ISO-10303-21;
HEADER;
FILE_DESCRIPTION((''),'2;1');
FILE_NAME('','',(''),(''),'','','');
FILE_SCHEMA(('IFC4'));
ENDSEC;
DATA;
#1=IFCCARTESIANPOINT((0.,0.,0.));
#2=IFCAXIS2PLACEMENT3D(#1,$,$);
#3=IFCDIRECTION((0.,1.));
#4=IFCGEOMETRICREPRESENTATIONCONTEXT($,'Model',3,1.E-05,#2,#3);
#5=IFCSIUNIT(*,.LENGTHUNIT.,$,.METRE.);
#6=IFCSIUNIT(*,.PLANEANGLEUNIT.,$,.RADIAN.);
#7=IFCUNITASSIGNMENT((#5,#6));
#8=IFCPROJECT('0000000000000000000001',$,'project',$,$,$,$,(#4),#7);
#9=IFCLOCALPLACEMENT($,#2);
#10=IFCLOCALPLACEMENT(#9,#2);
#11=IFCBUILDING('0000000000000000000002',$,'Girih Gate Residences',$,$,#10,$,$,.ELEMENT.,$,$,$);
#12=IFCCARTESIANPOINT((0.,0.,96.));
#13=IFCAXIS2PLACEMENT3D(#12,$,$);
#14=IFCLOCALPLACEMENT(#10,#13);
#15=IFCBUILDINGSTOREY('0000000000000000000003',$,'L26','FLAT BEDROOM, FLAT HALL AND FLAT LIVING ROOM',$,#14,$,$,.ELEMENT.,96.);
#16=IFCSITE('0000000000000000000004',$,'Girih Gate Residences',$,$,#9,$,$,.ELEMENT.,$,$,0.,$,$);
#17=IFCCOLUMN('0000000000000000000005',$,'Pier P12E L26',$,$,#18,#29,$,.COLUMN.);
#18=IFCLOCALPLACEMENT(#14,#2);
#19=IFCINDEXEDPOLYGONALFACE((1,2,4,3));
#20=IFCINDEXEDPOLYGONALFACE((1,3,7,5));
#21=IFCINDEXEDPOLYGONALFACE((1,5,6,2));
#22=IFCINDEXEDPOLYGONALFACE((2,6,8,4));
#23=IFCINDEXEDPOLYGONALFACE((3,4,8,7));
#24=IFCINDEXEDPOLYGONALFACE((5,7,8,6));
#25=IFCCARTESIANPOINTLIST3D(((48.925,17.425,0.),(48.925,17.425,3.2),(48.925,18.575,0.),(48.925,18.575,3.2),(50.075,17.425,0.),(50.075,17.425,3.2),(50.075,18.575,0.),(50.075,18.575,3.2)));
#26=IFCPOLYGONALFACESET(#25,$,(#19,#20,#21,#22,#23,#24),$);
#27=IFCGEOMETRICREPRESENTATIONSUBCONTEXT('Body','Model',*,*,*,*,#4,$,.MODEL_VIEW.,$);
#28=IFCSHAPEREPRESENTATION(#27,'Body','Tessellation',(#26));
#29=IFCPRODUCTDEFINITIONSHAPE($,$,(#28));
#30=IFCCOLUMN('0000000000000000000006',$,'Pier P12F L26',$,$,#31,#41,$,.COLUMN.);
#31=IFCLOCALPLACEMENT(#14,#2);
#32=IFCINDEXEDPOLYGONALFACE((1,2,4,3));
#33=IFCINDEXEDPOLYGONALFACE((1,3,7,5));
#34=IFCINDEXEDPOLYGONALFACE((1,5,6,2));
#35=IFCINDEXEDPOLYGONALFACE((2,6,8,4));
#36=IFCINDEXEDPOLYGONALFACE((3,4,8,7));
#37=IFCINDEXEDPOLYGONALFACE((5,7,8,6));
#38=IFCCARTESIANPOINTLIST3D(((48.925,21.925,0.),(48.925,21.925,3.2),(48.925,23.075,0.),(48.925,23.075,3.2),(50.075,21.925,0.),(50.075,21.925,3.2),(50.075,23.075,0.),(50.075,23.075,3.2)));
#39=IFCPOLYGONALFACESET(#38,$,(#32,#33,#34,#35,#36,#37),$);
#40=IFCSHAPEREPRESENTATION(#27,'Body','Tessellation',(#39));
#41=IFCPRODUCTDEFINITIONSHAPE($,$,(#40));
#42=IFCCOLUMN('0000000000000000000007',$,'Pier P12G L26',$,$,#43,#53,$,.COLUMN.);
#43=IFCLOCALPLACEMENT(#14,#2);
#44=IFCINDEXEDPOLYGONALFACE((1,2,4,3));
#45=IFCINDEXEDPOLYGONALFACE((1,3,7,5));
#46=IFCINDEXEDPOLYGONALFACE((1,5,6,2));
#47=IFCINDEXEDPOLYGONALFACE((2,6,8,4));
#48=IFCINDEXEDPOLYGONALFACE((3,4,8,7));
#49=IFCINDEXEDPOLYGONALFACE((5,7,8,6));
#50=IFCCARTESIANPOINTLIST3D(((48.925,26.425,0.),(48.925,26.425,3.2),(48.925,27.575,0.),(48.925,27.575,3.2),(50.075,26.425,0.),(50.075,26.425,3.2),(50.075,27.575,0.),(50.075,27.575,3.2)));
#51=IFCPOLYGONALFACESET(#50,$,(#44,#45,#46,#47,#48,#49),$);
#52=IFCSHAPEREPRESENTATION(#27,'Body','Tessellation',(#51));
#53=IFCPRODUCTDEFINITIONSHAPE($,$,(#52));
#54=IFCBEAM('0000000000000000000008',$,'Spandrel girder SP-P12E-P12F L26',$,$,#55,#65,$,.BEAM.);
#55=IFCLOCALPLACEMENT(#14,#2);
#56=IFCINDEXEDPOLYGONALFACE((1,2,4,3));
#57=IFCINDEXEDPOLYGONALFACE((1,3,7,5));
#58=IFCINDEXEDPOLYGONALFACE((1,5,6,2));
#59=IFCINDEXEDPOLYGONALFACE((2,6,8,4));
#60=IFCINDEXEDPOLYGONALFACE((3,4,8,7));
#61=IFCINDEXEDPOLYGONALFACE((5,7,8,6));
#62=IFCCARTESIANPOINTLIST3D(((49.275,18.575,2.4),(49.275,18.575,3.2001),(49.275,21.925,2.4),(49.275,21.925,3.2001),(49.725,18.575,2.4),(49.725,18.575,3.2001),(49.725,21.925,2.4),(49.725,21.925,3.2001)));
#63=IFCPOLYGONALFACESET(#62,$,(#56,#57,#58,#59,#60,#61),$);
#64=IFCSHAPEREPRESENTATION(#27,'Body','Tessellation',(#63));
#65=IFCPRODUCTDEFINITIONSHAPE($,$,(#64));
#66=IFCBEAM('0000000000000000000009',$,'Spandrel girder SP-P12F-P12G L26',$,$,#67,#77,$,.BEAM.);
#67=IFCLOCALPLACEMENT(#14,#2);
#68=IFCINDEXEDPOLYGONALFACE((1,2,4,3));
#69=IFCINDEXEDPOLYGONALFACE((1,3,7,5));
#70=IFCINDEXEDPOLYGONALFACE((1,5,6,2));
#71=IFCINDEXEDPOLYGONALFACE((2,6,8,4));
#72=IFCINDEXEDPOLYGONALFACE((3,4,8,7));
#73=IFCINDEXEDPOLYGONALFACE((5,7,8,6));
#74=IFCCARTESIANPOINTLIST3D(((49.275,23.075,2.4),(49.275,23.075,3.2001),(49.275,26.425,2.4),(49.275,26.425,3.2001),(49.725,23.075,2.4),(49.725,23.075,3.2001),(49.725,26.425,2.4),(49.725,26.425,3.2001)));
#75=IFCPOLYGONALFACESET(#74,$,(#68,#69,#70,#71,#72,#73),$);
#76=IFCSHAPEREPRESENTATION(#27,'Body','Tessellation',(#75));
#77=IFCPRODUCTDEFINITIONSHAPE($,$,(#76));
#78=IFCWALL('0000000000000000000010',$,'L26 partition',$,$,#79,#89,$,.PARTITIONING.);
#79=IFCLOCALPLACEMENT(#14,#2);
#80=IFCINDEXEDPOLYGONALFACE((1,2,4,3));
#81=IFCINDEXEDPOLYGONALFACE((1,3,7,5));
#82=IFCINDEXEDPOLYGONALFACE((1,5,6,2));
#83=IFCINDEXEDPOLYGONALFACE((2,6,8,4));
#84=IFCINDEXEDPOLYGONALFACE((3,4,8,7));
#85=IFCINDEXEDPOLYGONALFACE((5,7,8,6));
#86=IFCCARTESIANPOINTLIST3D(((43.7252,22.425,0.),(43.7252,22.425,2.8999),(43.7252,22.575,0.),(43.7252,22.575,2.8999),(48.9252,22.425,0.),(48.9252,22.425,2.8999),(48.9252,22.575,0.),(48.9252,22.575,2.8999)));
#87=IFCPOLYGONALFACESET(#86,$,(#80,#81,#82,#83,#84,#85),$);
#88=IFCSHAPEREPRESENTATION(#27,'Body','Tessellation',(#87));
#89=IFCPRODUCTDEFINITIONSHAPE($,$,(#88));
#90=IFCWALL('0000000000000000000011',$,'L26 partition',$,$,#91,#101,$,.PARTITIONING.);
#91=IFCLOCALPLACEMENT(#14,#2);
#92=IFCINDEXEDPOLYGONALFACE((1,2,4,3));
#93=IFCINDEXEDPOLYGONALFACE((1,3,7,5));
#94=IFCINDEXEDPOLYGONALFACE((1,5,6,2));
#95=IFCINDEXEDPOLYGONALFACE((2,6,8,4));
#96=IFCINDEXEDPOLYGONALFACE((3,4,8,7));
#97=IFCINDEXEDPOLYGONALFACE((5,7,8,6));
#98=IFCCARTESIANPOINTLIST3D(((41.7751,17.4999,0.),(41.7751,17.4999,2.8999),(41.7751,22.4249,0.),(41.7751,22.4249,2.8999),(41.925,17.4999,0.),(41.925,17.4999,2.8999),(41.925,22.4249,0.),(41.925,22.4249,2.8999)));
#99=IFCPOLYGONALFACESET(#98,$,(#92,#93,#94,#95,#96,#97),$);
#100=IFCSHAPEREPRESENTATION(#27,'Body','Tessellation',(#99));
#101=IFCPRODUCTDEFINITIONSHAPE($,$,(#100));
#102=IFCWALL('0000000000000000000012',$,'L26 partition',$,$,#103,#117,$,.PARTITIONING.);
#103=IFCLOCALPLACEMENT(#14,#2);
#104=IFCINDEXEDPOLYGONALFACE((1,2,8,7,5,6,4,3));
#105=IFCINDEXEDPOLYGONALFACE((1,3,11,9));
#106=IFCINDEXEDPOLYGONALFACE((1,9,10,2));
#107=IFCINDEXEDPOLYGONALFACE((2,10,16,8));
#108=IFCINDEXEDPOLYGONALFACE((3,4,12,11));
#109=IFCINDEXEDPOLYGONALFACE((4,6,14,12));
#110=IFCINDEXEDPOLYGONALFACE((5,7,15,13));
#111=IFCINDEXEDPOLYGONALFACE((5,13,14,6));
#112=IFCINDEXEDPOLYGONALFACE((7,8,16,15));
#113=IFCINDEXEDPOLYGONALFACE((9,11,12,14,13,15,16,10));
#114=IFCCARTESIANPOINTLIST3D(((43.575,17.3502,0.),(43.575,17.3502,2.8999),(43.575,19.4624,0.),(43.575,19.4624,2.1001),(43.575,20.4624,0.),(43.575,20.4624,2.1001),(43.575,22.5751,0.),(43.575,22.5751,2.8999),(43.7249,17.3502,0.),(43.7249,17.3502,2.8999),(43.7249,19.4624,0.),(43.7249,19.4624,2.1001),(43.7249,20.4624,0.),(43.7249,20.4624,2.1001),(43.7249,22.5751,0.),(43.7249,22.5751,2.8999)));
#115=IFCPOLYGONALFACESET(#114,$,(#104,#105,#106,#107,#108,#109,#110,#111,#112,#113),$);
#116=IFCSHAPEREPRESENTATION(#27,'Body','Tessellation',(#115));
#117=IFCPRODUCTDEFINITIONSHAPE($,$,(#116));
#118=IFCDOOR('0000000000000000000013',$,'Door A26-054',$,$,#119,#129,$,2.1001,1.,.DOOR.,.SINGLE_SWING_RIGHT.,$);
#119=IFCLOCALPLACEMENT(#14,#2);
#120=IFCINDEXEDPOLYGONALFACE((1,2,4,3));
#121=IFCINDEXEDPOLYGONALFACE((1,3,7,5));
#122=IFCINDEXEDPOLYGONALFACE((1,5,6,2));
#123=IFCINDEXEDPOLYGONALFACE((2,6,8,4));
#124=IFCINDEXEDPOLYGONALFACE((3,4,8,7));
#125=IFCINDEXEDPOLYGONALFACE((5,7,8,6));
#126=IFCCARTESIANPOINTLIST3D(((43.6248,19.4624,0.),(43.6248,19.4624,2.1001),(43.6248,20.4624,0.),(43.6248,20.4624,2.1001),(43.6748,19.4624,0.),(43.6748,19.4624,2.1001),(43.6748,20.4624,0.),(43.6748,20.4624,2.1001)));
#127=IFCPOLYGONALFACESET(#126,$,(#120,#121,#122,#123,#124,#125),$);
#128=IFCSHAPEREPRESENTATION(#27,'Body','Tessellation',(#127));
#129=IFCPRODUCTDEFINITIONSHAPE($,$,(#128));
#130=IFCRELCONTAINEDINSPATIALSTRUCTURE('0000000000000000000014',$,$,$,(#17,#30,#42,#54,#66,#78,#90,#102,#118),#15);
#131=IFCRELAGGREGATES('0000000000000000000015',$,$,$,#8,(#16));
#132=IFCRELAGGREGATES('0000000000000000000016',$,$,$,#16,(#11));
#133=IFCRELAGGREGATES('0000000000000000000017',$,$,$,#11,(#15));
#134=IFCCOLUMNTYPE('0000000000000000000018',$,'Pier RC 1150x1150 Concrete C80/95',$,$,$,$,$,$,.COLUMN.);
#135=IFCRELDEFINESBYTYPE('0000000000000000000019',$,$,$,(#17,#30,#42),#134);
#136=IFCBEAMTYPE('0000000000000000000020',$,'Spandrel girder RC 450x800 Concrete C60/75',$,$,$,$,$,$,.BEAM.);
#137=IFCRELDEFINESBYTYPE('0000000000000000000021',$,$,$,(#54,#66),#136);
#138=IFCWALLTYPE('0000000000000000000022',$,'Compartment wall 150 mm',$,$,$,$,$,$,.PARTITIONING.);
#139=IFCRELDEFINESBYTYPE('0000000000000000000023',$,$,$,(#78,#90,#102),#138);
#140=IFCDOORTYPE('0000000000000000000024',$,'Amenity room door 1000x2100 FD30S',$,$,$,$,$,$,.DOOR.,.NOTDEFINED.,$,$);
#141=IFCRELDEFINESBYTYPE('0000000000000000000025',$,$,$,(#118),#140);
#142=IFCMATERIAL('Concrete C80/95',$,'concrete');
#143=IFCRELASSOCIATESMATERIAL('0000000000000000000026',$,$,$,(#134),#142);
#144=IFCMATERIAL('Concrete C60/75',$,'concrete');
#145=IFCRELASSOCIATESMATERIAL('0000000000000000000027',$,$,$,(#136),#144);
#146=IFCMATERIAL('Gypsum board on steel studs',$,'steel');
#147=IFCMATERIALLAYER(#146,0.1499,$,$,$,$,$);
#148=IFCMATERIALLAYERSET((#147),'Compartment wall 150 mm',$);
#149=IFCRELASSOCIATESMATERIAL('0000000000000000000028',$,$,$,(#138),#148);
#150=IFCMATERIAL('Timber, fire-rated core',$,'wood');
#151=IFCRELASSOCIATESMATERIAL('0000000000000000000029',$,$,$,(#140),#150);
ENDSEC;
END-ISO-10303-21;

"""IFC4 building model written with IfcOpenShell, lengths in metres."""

from ifc_helpers import new_model, si_unit, direction, frame, frame_2d, origin, origin_2d, place, context, subcontext, project, spatial, rectangle, extrude, material, layer, layer_set, material_profile, profile_set, type_object, element, fill, save


model = new_model("IFC4")

# Units and contexts
model_context = context("Model", 3, precision=1e-05, world=origin(), true_north=direction((0.0, 1.0)))
body_context = subcontext(model_context, "Body", "Model", "MODEL_VIEW")
ifc_project = project(units=[si_unit("LENGTHUNIT", "METRE"), si_unit("PLANEANGLEUNIT", "RADIAN")], contexts=[model_context])

# Site, building, storey
site_placement = place(None, origin())
site = spatial("IfcSite", under=ifc_project, at=site_placement, Name="Girih Gate Residences", CompositionType="ELEMENT", RefElevation=0.0)
building_placement = place(site_placement, origin())
building = spatial("IfcBuilding", under=site, at=building_placement, Name="Girih Gate Residences", CompositionType="ELEMENT")
storey_placement = place(building_placement, frame((0.0, 0.0, 96.0)))
storey = spatial("IfcBuildingStorey", under=building, at=storey_placement, Name="L26", Description="FLAT BEDROOM, FLAT HALL AND FLAT LIVING ROOM", CompositionType="ELEMENT", Elevation=96.0)

# Columns
ifc_material_1 = material(Name="Concrete C80/95", Category="concrete")
ifc_material_profile_1 = material_profile(ifc_material_1, rectangle(XDim=1.1499, YDim=1.1499, at=origin_2d()))
ifc_profile_set_1 = profile_set([ifc_material_profile_1], Name="Concrete C80/95")
column_type = type_object("IfcColumnType", Name="Pier RC 1150x1150 Concrete C80/95", PredefinedType="COLUMN", material=ifc_profile_set_1)
for number, where, z_axis, x_axis, name in (
    (1, (49.5, 18.0, 0.0), (0.0, 0.0, 1.0), (1.0, 0.0, 0.0), "Pier P12E L26"),
    (2, (49.5, 22.5, 0.0), (0.0, 0.0, 1.0), (1.0, 0.0, 0.0), "Pier P12F L26"),
    (3, (49.5, 27.0, 0.0), (0.0, 0.0, 1.0), (1.0, 0.0, 0.0), "Pier P12G L26"),
):
    element("IfcColumn", number, at=place(storey_placement, frame(where, z_axis=z_axis, x_axis=x_axis)), inside=storey, type_object=column_type, Name=name, PredefinedType="COLUMN", context=body_context, shape_type="SweptSolid", body=[
        extrude(rectangle(XDim=1.1499, YDim=1.1499, at=origin_2d()), origin(), (0.0, 0.0, 1.0), 3.2),
    ])

# Beams
ifc_material_2 = material(Name="Concrete C60/75", Category="concrete")
ifc_material_profile_2 = material_profile(ifc_material_2, rectangle(XDim=0.45, YDim=0.8, at=origin_2d()))
ifc_profile_set_2 = profile_set([ifc_material_profile_2], Name="Concrete C60/75")
beam_type = type_object("IfcBeamType", Name="Spandrel girder RC 450x800 Concrete C60/75", PredefinedType="BEAM", material=ifc_profile_set_2)
for number, where, z_axis, x_axis, name in (
    (4, (49.5, 18.575, 2.8), (0.0, 1.0, 0.0), (-1.0, 0.0, 0.0), "Spandrel girder SP-P12E-P12F L26"),
    (5, (49.5, 23.075, 2.8), (0.0, 1.0, 0.0), (-1.0, 0.0, 0.0), "Spandrel girder SP-P12F-P12G L26"),
):
    element("IfcBeam", number, at=place(storey_placement, frame(where, z_axis=z_axis, x_axis=x_axis)), inside=storey, type_object=beam_type, Name=name, PredefinedType="BEAM", context=body_context, shape_type="SweptSolid", body=[
        extrude(rectangle(XDim=0.45, YDim=0.8, at=origin_2d()), origin(), (0.0, 0.0, 1.0), 3.3501),
    ])

# Walls
ifc_material_3 = material(Name="Gypsum board on steel studs", Category="steel")
ifc_layer_1 = layer(ifc_material_3, 0.1499)
ifc_layer_set_1 = layer_set([ifc_layer_1], Name="Compartment wall 150 mm")
wall_type_1 = type_object("IfcWallType", Name="Compartment wall 150 mm", PredefinedType="PARTITIONING", material=ifc_layer_set_1)
wall_1_placement = place(storey_placement, frame((43.7251, 22.5, 0.0), z_axis=(0.0, 0.0, 1.0), x_axis=(1.0, 0.0, 0.0)))
element("IfcWall", 6, at=wall_1_placement, inside=storey, type_object=wall_type_1, Name="L26 partition", PredefinedType="PARTITIONING", context=body_context, shape_type="SweptSolid", body=[
    extrude(rectangle(XDim=5.2, YDim=0.1499, at=frame_2d((2.6001, 0.0))), origin(), (0.0, 0.0, 1.0), 2.8999),
])
wall_2_placement = place(storey_placement, frame((41.8501, 17.5, 0.0), z_axis=(0.0, 0.0, 1.0), x_axis=(0.0, 1.0, 0.0)))
element("IfcWall", 7, at=wall_2_placement, inside=storey, type_object=wall_type_1, Name="L26 partition", PredefinedType="PARTITIONING", context=body_context, shape_type="SweptSolid", body=[
    extrude(rectangle(XDim=4.925, YDim=0.1499, at=frame_2d((2.4624, 0.0))), origin(), (0.0, 0.0, 1.0), 2.8999),
])

# Wall, opening, door
wall_3_placement = place(storey_placement, frame((43.6499, 22.575, 0.0), z_axis=(0.0, 0.0, 1.0), x_axis=(0.0, -1.0, 0.0)))
wall_3 = element("IfcWall", 8, at=wall_3_placement, inside=storey, type_object=wall_type_1, Name="L26 partition", PredefinedType="PARTITIONING", context=body_context, shape_type="SweptSolid", body=[
    extrude(rectangle(XDim=5.2249, YDim=0.1499, at=frame_2d((2.6123, 0.0))), origin(), (0.0, 0.0, 1.0), 2.8999),
])
opening_1_placement = place(wall_3_placement, frame((2.1125, 0.0, 0.0)))
opening_1 = element("IfcOpeningElement", 9, at=opening_1_placement, cuts=wall_3, PredefinedType="OPENING", context=body_context, shape_type="SweptSolid", body=[
    extrude(rectangle(XDim=1.0, YDim=2.1001, at=frame_2d((0.5, 1.05))), frame((0.0, 0.085, 0.0), z_axis=(0.0, -1.0, 0.0), x_axis=(1.0, 0.0, 0.0)), (0.0, 0.0, 1.0), 0.1699),
])
ifc_material_4 = material(Name="Timber, fire-rated core", Category="wood")
door_type_1 = type_object("IfcDoorType", Name="Amenity room door 1000x2100 FD30S", OperationType="NOTDEFINED", PredefinedType="DOOR", material=ifc_material_4)
door_1_placement = place(opening_1_placement, origin())
door_1 = element("IfcDoor", 10, at=door_1_placement, inside=storey, type_object=door_type_1, Name="Door A26-054", OperationType="SINGLE_SWING_RIGHT", OverallHeight=2.1001, OverallWidth=1.0, PredefinedType="DOOR", context=body_context, shape_type="SweptSolid", body=[
    extrude(rectangle(XDim=1.0, YDim=2.1001, at=frame_2d((0.5, 1.05))), frame((0.0, 0.0249, 0.0), z_axis=(0.0, -1.0, 0.0), x_axis=(1.0, 0.0, 0.0)), (0.0, 0.0, 1.0), 0.05),
])
fill(opening_1, door_1)

save(model, "model.ifc")
